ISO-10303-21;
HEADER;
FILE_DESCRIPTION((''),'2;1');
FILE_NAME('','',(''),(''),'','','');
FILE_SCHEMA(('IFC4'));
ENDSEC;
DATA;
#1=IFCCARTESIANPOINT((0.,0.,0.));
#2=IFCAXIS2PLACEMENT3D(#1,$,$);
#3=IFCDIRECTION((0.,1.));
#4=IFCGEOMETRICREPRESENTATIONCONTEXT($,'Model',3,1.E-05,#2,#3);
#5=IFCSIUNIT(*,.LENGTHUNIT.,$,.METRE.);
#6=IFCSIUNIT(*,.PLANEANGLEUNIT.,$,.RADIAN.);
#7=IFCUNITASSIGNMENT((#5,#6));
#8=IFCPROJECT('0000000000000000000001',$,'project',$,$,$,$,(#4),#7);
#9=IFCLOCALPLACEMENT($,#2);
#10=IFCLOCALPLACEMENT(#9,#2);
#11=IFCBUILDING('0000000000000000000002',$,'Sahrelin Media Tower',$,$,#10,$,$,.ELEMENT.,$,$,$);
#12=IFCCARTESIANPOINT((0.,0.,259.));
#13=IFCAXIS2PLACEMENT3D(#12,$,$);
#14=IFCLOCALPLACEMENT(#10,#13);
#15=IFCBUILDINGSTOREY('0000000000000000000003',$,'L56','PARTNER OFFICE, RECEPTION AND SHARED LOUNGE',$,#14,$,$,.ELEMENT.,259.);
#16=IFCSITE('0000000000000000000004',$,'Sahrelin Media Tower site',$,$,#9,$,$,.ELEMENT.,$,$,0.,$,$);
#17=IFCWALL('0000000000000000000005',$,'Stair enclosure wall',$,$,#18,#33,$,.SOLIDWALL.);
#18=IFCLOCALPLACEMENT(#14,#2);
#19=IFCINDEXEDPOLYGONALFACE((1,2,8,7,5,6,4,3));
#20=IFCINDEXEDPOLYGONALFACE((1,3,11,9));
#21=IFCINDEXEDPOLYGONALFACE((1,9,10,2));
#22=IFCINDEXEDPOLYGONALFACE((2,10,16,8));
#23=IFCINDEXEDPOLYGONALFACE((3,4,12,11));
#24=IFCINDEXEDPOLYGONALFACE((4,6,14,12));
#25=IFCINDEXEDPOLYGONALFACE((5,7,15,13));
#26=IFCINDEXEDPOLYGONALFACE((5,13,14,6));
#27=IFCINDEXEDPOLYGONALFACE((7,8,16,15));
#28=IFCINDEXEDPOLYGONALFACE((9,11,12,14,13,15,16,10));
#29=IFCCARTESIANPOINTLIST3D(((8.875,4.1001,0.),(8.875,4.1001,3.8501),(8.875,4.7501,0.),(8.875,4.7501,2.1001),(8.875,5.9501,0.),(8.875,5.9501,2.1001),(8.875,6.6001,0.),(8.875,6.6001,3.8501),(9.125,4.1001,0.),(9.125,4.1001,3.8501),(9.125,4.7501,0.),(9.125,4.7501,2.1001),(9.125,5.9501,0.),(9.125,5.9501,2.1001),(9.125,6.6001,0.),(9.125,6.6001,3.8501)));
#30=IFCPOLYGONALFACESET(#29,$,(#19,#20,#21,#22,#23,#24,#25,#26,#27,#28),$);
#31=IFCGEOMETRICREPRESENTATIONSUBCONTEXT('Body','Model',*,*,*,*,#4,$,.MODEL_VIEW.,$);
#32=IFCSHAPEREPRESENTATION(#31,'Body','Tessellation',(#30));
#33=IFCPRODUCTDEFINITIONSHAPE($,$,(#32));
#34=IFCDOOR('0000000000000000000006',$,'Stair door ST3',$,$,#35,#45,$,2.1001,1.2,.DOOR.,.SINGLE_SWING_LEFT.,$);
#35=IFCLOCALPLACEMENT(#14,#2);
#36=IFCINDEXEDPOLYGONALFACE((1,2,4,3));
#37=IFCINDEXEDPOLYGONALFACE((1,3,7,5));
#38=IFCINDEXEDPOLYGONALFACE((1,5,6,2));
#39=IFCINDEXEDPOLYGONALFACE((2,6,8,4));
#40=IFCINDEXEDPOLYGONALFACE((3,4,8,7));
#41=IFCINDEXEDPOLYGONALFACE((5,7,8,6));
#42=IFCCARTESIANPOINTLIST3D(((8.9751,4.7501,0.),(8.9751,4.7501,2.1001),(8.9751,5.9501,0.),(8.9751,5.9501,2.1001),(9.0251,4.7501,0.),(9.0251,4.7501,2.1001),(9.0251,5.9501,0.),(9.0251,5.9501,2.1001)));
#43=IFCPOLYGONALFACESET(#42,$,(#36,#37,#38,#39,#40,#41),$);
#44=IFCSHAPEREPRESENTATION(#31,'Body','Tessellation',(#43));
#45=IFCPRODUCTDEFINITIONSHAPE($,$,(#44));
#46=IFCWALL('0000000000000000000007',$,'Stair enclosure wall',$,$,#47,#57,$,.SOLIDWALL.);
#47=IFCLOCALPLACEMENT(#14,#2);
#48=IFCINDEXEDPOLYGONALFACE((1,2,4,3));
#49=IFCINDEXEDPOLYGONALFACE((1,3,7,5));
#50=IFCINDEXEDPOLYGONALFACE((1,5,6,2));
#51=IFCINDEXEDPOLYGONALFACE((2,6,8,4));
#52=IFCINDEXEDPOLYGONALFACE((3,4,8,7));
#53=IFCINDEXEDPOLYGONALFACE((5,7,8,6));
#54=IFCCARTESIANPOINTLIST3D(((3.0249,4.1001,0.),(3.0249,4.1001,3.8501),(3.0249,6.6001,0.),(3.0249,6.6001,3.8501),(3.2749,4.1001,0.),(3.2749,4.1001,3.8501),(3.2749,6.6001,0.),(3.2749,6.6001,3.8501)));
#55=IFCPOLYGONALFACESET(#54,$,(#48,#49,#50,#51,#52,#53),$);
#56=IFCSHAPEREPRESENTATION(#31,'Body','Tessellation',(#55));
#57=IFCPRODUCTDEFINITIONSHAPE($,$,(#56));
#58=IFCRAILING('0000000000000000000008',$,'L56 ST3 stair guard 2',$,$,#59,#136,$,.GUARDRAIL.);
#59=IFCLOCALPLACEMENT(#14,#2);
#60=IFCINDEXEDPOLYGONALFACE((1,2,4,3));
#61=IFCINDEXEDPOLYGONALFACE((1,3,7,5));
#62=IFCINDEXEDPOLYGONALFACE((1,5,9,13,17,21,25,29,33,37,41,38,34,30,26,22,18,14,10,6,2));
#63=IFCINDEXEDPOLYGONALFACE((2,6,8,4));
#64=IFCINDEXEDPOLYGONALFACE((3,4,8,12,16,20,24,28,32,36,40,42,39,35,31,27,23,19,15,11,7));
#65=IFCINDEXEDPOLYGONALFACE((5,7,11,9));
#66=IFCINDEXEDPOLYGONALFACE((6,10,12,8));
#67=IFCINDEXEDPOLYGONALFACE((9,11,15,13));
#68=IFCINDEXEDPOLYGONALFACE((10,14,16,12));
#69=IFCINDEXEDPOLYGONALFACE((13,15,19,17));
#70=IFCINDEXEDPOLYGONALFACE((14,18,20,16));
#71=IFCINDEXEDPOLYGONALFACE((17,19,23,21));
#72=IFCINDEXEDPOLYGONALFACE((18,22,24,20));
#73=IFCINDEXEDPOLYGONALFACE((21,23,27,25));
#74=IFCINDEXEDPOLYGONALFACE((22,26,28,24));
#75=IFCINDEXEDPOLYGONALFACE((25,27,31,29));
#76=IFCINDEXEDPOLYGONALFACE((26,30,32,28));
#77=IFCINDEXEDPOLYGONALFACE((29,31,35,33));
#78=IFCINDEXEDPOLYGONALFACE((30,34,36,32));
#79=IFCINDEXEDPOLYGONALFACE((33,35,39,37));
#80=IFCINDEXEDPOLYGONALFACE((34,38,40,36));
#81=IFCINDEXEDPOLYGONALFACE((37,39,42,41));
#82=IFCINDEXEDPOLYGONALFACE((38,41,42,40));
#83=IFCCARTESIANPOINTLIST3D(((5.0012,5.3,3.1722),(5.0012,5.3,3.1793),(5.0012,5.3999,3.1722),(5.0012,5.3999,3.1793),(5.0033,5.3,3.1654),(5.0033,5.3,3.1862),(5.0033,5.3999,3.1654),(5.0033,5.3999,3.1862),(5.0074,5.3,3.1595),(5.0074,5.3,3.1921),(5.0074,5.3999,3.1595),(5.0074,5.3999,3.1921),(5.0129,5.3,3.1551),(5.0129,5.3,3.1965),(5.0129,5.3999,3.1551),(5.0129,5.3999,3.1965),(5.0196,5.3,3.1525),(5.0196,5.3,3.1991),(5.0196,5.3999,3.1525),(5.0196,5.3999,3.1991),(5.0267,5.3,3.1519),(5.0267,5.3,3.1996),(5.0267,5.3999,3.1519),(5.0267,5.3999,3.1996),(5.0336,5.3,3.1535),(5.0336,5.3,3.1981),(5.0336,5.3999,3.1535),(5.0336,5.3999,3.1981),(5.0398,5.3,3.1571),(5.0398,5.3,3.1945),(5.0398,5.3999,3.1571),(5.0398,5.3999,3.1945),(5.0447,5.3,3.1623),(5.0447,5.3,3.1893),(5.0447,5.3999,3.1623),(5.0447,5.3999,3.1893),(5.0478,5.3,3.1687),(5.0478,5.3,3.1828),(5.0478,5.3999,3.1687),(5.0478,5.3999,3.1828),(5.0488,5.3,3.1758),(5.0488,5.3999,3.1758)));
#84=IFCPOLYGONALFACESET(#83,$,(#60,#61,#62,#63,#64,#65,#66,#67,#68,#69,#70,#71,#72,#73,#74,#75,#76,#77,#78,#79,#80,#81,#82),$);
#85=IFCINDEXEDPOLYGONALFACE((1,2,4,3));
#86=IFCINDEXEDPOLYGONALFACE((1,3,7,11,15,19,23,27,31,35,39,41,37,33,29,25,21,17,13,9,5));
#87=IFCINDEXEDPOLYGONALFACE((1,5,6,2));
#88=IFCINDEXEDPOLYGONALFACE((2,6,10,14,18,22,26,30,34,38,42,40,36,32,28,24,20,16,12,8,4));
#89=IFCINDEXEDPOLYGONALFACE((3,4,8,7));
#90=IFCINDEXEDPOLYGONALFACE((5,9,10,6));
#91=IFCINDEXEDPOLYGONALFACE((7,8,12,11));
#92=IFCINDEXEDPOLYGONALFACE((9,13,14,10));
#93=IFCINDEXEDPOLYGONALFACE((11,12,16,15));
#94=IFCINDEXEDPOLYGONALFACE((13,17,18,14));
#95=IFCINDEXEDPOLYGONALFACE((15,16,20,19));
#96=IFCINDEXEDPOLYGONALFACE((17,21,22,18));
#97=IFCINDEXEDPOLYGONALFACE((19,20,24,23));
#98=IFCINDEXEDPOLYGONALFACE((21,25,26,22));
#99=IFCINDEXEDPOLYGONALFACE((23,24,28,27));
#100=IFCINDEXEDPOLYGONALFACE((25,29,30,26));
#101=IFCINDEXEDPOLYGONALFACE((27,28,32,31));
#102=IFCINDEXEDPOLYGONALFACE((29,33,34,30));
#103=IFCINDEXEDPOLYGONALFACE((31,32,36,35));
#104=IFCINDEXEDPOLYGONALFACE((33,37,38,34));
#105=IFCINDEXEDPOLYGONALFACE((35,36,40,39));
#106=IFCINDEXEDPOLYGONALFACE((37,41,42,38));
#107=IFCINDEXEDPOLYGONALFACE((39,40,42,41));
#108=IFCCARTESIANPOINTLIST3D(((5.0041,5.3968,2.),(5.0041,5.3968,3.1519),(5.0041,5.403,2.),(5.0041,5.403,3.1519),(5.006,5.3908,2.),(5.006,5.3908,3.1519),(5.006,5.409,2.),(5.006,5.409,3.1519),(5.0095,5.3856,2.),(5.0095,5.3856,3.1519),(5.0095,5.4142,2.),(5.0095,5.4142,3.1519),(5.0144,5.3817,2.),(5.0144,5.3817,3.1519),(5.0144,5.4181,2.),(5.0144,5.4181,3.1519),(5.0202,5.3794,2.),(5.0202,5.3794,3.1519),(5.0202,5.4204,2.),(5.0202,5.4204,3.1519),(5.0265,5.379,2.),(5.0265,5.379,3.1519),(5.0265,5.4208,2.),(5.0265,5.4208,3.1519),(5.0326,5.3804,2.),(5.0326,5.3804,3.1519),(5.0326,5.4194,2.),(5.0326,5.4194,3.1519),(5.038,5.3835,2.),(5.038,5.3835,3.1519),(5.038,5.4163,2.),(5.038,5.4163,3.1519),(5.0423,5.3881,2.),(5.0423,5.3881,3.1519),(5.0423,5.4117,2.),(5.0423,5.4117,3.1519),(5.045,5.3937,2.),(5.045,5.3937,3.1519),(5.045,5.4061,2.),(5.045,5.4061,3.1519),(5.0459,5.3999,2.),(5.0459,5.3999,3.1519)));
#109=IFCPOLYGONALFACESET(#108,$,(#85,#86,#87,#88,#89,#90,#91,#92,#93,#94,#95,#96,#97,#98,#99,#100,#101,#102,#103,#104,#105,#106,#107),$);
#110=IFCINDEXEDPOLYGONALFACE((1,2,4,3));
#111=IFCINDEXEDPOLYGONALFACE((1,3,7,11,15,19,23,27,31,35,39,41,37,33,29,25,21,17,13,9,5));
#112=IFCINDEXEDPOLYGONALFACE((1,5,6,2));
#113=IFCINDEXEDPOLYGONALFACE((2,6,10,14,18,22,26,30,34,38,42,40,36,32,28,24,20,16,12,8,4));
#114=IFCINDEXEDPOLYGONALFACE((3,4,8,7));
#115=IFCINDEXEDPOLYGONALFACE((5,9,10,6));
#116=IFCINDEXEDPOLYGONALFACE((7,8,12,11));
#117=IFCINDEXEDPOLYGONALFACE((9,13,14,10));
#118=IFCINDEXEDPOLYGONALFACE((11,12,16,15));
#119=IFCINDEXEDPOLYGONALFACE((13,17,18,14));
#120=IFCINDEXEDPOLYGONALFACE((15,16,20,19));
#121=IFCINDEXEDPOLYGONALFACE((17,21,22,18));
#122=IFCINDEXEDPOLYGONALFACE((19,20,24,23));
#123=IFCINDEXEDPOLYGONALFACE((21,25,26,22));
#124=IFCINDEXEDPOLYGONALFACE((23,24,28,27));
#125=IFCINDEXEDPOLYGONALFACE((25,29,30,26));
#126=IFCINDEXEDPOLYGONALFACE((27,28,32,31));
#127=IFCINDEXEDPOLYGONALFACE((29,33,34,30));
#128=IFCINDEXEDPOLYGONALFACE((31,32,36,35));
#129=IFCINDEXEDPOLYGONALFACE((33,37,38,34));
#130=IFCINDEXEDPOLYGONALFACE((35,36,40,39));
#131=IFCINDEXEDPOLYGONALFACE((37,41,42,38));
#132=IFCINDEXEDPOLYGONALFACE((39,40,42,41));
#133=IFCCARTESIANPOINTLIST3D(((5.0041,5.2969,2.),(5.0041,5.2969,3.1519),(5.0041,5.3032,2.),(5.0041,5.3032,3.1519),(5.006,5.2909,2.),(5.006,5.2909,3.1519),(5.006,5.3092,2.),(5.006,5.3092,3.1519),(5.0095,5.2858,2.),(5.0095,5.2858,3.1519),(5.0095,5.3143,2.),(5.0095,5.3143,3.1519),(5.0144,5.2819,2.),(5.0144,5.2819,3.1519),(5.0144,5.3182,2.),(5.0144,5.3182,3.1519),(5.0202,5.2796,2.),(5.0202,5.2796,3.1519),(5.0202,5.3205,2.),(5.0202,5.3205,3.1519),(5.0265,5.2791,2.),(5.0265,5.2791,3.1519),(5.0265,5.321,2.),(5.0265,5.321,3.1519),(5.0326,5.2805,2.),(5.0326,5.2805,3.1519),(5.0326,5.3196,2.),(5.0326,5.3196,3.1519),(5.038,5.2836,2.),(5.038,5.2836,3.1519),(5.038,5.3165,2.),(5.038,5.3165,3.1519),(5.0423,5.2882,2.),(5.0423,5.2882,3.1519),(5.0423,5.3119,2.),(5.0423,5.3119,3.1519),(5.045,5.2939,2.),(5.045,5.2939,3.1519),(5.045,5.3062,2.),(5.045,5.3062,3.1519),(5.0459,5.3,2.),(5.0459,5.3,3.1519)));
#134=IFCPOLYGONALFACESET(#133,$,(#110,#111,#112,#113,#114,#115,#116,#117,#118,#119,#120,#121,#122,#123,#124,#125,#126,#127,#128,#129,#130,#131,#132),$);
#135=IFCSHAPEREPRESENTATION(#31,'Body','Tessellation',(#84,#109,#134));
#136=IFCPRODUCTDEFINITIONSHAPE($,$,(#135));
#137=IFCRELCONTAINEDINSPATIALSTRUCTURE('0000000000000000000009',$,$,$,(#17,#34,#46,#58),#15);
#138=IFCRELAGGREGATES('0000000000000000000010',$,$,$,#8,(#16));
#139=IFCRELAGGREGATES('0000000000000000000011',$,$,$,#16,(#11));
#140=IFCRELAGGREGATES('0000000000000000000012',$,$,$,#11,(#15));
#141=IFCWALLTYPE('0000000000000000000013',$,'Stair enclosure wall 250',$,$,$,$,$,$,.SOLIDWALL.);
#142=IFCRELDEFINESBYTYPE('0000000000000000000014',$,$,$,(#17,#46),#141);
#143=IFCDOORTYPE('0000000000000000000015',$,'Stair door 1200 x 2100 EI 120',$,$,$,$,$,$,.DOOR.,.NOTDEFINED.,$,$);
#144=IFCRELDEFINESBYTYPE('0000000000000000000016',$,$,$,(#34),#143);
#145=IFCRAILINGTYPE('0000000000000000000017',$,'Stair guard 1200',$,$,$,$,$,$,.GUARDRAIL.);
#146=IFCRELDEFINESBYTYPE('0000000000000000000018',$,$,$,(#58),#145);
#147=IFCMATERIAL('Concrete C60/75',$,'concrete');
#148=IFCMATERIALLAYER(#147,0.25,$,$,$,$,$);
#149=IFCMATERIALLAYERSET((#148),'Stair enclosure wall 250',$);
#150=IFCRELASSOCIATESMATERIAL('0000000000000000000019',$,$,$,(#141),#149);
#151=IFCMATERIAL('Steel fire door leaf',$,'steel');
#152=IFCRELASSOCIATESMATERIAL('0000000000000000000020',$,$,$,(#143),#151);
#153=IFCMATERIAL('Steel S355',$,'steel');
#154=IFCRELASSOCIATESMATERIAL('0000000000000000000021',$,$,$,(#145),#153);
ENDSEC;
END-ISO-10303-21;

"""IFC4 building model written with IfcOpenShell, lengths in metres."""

from ifc_helpers import new_model, si_unit, direction, frame, frame_2d, origin, origin_2d, place, context, subcontext, project, spatial, rectangle, circle, extrude, material, layer, layer_set, type_object, element, fill, save


model = new_model("IFC4")

# Units and contexts
model_context = context("Model", 3, precision=1e-05, world=origin(), true_north=direction((0.0, 1.0)))
body_context = subcontext(model_context, "Body", "Model", "MODEL_VIEW")
ifc_project = project(units=[si_unit("LENGTHUNIT", "METRE"), si_unit("PLANEANGLEUNIT", "RADIAN")], contexts=[model_context])

# Site, building, storey
site_placement = place(None, origin())
site = spatial("IfcSite", under=ifc_project, at=site_placement, Name="Sahrelin Media Tower site", CompositionType="ELEMENT", RefElevation=0.0)
building_placement = place(site_placement, origin())
building = spatial("IfcBuilding", under=site, at=building_placement, Name="Sahrelin Media Tower", CompositionType="ELEMENT")
storey_placement = place(building_placement, frame((0.0, 0.0, 259.0)))
storey = spatial("IfcBuildingStorey", under=building, at=storey_placement, Name="L56", Description="PARTNER OFFICE, RECEPTION AND SHARED LOUNGE", CompositionType="ELEMENT", Elevation=259.0)

# Shared definitions
ifc_material_1 = material(Name="Steel S355", Category="steel")

# Shared definitions
ifc_material_2 = material(Name="Concrete C60/75", Category="concrete")

# Wall, opening, door
ifc_layer_1 = layer(ifc_material_2, 0.25)
ifc_layer_set_1 = layer_set([ifc_layer_1], Name="Stair enclosure wall 250")
wall_type_1 = type_object("IfcWallType", Name="Stair enclosure wall 250", PredefinedType="SOLIDWALL", material=ifc_layer_set_1)
wall_1_placement = place(storey_placement, frame((9.0, 4.1001, 0.0), z_axis=(0.0, 0.0, 1.0), x_axis=(0.0, 1.0, 0.0)))
wall_1 = element("IfcWall", 1, at=wall_1_placement, inside=storey, type_object=wall_type_1, Name="Stair enclosure wall", PredefinedType="SOLIDWALL", context=body_context, shape_type="SweptSolid", body=[
    extrude(rectangle(XDim=2.5, YDim=0.25, at=frame_2d((1.25, 0.0))), origin(), (0.0, 0.0, 1.0), 3.8501),
])
opening_1_placement = place(wall_1_placement, frame((0.6499, 0.0, 0.0)))
opening_1 = element("IfcOpeningElement", 2, at=opening_1_placement, cuts=wall_1, PredefinedType="OPENING", context=body_context, shape_type="SweptSolid", body=[
    extrude(rectangle(XDim=1.2, YDim=2.1001, at=frame_2d((0.6001, 1.05))), frame((0.0, 0.125, 0.0), z_axis=(0.0, -1.0, 0.0), x_axis=(1.0, 0.0, 0.0)), (0.0, 0.0, 1.0), 0.25),
])
ifc_material_3 = material(Name="Steel fire door leaf", Category="steel")
door_type_1 = type_object("IfcDoorType", Name="Stair door 1200 x 2100 EI 120", OperationType="NOTDEFINED", PredefinedType="DOOR", material=ifc_material_3)
door_1_placement = place(opening_1_placement, origin())
door_1 = element("IfcDoor", 3, at=door_1_placement, inside=storey, type_object=door_type_1, Name="Stair door ST3", OperationType="SINGLE_SWING_LEFT", OverallHeight=2.1001, OverallWidth=1.2, PredefinedType="DOOR", context=body_context, shape_type="SweptSolid", body=[
    extrude(rectangle(XDim=1.2, YDim=2.1001, at=frame_2d((0.6001, 1.05))), frame((0.0, 0.0249, 0.0), z_axis=(0.0, -1.0, 0.0), x_axis=(1.0, 0.0, 0.0)), (0.0, 0.0, 1.0), 0.05),
])
fill(opening_1, door_1)

# Wall
wall_2_placement = place(storey_placement, frame((3.1499, 4.1001, 0.0), z_axis=(0.0, 0.0, 1.0), x_axis=(0.0, 1.0, 0.0)))
element("IfcWall", 4, at=wall_2_placement, inside=storey, type_object=wall_type_1, Name="Stair enclosure wall", PredefinedType="SOLIDWALL", context=body_context, shape_type="SweptSolid", body=[
    extrude(rectangle(XDim=2.5, YDim=0.25, at=frame_2d((1.25, 0.0))), origin(), (0.0, 0.0, 1.0), 3.8501),
])

# Railing
railing_type_1 = type_object("IfcRailingType", Name="Stair guard 1200", PredefinedType="GUARDRAIL", material=ifc_material_1)
railing_1_placement = place(storey_placement, frame((5.0249, 5.3999, 2.0)))
element("IfcRailing", 5, at=railing_1_placement, inside=storey, type_object=railing_type_1, Name="L56 ST3 stair guard 2", PredefinedType="GUARDRAIL", context=body_context, shape_type="SweptSolid", body=[
    extrude(circle(Radius=0.0239, at=origin_2d()), frame((0.0, 0.0, 1.1758), z_axis=(0.0, -1.0, 0.0), x_axis=(1.0, 0.0, 0.0)), (0.0, 0.0, 1.0), 0.0999),
    extrude(circle(Radius=0.021, at=origin_2d()), origin(), (0.0, 0.0, 1.0), 1.1519),
    extrude(circle(Radius=0.021, at=origin_2d()), frame((0.0, -0.0999, 0.0)), (0.0, 0.0, 1.0), 1.1519),
])

save(model, "model.ifc")
